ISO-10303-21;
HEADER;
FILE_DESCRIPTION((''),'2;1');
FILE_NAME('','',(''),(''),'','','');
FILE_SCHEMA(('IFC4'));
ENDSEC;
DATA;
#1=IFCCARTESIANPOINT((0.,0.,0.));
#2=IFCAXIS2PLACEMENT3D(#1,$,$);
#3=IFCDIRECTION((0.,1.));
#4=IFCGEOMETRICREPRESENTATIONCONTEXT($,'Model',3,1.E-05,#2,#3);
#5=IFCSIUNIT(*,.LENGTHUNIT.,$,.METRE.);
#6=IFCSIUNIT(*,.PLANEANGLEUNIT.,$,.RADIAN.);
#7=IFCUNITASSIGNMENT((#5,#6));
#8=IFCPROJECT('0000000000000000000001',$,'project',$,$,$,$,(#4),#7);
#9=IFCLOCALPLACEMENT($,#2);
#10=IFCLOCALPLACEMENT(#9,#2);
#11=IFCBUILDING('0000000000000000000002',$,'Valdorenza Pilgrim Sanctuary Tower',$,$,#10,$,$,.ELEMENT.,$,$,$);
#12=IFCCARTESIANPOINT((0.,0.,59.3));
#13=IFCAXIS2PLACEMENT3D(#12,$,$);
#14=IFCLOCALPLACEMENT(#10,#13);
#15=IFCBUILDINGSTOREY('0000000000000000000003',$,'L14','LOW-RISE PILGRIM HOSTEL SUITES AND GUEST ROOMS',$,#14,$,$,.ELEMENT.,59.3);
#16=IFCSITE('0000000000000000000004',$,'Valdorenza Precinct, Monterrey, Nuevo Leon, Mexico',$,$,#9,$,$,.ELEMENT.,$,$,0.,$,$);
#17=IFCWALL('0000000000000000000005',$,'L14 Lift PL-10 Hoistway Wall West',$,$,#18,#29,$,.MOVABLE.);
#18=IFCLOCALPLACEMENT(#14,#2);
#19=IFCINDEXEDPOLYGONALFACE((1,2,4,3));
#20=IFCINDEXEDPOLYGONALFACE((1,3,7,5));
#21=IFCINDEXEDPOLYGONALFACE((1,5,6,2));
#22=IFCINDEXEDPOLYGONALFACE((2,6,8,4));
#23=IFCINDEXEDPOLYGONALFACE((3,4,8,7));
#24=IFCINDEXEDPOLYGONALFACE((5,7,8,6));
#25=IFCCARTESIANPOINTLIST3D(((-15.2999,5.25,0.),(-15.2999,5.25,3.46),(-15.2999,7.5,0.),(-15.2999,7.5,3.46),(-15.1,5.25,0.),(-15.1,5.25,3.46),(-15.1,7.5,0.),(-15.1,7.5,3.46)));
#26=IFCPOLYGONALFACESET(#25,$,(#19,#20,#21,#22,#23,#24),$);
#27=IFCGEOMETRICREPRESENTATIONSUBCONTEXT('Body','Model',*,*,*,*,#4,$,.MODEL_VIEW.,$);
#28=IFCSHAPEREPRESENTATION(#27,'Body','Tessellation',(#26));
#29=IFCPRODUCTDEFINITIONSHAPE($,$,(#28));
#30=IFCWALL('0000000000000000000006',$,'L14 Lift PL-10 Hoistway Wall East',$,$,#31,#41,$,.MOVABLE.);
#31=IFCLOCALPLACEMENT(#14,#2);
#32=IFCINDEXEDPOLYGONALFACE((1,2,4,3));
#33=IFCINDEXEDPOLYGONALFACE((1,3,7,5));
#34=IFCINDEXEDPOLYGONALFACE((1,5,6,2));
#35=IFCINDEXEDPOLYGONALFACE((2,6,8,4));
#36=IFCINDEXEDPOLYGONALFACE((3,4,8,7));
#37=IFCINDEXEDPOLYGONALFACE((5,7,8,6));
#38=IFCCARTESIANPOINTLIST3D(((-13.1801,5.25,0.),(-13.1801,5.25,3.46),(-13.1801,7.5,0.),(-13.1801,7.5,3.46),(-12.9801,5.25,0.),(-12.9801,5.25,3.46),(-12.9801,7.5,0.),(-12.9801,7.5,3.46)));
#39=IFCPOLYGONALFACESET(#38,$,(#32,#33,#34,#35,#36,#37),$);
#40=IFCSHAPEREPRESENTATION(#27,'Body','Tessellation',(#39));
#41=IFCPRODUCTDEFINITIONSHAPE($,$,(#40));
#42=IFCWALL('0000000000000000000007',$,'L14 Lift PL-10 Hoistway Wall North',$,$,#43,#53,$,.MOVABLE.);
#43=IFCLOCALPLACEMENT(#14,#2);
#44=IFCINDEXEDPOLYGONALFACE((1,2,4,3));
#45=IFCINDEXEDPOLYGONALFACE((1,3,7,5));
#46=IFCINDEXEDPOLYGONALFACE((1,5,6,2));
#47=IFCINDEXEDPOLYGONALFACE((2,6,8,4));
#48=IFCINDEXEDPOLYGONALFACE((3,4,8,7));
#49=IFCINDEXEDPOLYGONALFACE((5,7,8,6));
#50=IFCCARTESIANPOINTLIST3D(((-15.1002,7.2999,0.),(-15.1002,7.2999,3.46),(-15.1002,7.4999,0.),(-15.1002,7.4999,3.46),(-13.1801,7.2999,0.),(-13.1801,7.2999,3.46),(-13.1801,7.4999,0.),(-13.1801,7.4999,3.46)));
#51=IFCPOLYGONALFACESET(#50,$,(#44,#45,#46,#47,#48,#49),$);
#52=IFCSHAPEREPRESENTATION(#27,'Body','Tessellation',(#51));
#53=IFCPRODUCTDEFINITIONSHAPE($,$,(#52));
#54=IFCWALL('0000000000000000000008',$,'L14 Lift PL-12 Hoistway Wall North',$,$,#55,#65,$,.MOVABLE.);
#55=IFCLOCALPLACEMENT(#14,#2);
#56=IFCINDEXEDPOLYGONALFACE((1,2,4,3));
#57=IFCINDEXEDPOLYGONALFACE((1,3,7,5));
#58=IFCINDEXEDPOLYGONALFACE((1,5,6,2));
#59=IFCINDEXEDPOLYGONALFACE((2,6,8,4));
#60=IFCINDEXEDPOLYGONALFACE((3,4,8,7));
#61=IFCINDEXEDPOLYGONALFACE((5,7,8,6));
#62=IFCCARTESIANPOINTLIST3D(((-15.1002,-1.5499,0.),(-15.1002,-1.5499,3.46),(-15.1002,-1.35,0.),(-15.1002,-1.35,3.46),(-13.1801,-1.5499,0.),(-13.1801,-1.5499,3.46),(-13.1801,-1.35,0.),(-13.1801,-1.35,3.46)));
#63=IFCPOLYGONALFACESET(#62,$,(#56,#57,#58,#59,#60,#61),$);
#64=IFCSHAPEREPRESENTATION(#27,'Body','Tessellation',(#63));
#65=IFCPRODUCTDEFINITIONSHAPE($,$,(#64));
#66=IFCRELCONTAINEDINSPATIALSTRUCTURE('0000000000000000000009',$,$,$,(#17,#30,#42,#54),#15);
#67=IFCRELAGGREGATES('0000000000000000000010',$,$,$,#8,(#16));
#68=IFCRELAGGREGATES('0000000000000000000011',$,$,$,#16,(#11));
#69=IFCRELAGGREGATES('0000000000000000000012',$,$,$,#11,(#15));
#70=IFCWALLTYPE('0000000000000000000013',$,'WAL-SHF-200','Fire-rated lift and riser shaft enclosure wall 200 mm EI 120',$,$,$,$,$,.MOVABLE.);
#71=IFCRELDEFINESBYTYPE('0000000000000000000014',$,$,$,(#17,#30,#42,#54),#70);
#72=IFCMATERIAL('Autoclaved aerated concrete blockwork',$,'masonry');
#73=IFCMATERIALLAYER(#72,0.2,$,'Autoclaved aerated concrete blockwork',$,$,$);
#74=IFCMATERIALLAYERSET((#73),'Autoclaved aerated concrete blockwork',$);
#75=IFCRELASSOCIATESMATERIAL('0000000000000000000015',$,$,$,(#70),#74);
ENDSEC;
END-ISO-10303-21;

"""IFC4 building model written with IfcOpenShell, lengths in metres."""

from ifc_helpers import new_model, si_unit, direction, frame, frame_2d, origin, place, context, subcontext, project, spatial, rectangle, extrude, material, layer, layer_set, type_object, element, save


model = new_model("IFC4")

# Units and contexts
model_context = context("Model", 3, precision=1e-05, world=origin(), true_north=direction((0.0, 1.0)))
body_context = subcontext(model_context, "Body", "Model", "MODEL_VIEW")
ifc_project = project(units=[si_unit("LENGTHUNIT", "METRE"), si_unit("PLANEANGLEUNIT", "RADIAN")], contexts=[model_context])

# Site, building, storey
site_placement = place(None, origin())
site = spatial("IfcSite", under=ifc_project, at=site_placement, Name="Valdorenza Precinct, Monterrey, Nuevo Leon, Mexico", CompositionType="ELEMENT", RefElevation=0.0)
building_placement = place(site_placement, origin())
building = spatial("IfcBuilding", under=site, at=building_placement, Name="Valdorenza Pilgrim Sanctuary Tower", CompositionType="ELEMENT")
storey_placement = place(building_placement, frame((0.0, 0.0, 59.3)))
storey = spatial("IfcBuildingStorey", under=building, at=storey_placement, Name="L14", Description="LOW-RISE PILGRIM HOSTEL SUITES AND GUEST ROOMS", CompositionType="ELEMENT", Elevation=59.3)

# Walls
ifc_material_1 = material(Name="Autoclaved aerated concrete blockwork", Category="masonry")
ifc_layer_1 = layer(ifc_material_1, 0.2, Name="Autoclaved aerated concrete blockwork")
ifc_layer_set_1 = layer_set([ifc_layer_1], Name="Autoclaved aerated concrete blockwork")
wall_type = type_object("IfcWallType", Name="WAL-SHF-200", Description="Fire-rated lift and riser shaft enclosure wall 200 mm EI 120", PredefinedType="MOVABLE", material=ifc_layer_set_1)
for number, where, z_axis, x_axis, name in (
    (1, (-15.2, 5.25, 0.0), (0.0, 0.0, 1.0), (0.0, 1.0, 0.0), "L14 Lift PL-10 Hoistway Wall West"),
    (2, (-13.0801, 5.25, 0.0), (0.0, 0.0, 1.0), (0.0, 1.0, 0.0), "L14 Lift PL-10 Hoistway Wall East"),
):
    element("IfcWall", number, at=place(storey_placement, frame(where, z_axis=z_axis, x_axis=x_axis)), inside=storey, type_object=wall_type, Name=name, PredefinedType="MOVABLE", context=body_context, shape_type="SweptSolid", body=[
        extrude(rectangle(XDim=2.25, YDim=0.2, at=frame_2d((1.125, 0.0))), origin(), (0.0, 0.0, 1.0), 3.46),
    ])
for number, where, z_axis, x_axis, name in (
    (3, (-15.1001, 7.3999, 0.0), (0.0, 0.0, 1.0), (1.0, 0.0, 0.0), "L14 Lift PL-10 Hoistway Wall North"),
    (4, (-15.1001, -1.45, 0.0), (0.0, 0.0, 1.0), (1.0, 0.0, 0.0), "L14 Lift PL-12 Hoistway Wall North"),
):
    element("IfcWall", number, at=place(storey_placement, frame(where, z_axis=z_axis, x_axis=x_axis)), inside=storey, type_object=wall_type, Name=name, PredefinedType="MOVABLE", context=body_context, shape_type="SweptSolid", body=[
        extrude(rectangle(XDim=1.9202, YDim=0.2, at=frame_2d((0.96, 0.0))), origin(), (0.0, 0.0, 1.0), 3.46),
    ])

save(model, "model.ifc")
